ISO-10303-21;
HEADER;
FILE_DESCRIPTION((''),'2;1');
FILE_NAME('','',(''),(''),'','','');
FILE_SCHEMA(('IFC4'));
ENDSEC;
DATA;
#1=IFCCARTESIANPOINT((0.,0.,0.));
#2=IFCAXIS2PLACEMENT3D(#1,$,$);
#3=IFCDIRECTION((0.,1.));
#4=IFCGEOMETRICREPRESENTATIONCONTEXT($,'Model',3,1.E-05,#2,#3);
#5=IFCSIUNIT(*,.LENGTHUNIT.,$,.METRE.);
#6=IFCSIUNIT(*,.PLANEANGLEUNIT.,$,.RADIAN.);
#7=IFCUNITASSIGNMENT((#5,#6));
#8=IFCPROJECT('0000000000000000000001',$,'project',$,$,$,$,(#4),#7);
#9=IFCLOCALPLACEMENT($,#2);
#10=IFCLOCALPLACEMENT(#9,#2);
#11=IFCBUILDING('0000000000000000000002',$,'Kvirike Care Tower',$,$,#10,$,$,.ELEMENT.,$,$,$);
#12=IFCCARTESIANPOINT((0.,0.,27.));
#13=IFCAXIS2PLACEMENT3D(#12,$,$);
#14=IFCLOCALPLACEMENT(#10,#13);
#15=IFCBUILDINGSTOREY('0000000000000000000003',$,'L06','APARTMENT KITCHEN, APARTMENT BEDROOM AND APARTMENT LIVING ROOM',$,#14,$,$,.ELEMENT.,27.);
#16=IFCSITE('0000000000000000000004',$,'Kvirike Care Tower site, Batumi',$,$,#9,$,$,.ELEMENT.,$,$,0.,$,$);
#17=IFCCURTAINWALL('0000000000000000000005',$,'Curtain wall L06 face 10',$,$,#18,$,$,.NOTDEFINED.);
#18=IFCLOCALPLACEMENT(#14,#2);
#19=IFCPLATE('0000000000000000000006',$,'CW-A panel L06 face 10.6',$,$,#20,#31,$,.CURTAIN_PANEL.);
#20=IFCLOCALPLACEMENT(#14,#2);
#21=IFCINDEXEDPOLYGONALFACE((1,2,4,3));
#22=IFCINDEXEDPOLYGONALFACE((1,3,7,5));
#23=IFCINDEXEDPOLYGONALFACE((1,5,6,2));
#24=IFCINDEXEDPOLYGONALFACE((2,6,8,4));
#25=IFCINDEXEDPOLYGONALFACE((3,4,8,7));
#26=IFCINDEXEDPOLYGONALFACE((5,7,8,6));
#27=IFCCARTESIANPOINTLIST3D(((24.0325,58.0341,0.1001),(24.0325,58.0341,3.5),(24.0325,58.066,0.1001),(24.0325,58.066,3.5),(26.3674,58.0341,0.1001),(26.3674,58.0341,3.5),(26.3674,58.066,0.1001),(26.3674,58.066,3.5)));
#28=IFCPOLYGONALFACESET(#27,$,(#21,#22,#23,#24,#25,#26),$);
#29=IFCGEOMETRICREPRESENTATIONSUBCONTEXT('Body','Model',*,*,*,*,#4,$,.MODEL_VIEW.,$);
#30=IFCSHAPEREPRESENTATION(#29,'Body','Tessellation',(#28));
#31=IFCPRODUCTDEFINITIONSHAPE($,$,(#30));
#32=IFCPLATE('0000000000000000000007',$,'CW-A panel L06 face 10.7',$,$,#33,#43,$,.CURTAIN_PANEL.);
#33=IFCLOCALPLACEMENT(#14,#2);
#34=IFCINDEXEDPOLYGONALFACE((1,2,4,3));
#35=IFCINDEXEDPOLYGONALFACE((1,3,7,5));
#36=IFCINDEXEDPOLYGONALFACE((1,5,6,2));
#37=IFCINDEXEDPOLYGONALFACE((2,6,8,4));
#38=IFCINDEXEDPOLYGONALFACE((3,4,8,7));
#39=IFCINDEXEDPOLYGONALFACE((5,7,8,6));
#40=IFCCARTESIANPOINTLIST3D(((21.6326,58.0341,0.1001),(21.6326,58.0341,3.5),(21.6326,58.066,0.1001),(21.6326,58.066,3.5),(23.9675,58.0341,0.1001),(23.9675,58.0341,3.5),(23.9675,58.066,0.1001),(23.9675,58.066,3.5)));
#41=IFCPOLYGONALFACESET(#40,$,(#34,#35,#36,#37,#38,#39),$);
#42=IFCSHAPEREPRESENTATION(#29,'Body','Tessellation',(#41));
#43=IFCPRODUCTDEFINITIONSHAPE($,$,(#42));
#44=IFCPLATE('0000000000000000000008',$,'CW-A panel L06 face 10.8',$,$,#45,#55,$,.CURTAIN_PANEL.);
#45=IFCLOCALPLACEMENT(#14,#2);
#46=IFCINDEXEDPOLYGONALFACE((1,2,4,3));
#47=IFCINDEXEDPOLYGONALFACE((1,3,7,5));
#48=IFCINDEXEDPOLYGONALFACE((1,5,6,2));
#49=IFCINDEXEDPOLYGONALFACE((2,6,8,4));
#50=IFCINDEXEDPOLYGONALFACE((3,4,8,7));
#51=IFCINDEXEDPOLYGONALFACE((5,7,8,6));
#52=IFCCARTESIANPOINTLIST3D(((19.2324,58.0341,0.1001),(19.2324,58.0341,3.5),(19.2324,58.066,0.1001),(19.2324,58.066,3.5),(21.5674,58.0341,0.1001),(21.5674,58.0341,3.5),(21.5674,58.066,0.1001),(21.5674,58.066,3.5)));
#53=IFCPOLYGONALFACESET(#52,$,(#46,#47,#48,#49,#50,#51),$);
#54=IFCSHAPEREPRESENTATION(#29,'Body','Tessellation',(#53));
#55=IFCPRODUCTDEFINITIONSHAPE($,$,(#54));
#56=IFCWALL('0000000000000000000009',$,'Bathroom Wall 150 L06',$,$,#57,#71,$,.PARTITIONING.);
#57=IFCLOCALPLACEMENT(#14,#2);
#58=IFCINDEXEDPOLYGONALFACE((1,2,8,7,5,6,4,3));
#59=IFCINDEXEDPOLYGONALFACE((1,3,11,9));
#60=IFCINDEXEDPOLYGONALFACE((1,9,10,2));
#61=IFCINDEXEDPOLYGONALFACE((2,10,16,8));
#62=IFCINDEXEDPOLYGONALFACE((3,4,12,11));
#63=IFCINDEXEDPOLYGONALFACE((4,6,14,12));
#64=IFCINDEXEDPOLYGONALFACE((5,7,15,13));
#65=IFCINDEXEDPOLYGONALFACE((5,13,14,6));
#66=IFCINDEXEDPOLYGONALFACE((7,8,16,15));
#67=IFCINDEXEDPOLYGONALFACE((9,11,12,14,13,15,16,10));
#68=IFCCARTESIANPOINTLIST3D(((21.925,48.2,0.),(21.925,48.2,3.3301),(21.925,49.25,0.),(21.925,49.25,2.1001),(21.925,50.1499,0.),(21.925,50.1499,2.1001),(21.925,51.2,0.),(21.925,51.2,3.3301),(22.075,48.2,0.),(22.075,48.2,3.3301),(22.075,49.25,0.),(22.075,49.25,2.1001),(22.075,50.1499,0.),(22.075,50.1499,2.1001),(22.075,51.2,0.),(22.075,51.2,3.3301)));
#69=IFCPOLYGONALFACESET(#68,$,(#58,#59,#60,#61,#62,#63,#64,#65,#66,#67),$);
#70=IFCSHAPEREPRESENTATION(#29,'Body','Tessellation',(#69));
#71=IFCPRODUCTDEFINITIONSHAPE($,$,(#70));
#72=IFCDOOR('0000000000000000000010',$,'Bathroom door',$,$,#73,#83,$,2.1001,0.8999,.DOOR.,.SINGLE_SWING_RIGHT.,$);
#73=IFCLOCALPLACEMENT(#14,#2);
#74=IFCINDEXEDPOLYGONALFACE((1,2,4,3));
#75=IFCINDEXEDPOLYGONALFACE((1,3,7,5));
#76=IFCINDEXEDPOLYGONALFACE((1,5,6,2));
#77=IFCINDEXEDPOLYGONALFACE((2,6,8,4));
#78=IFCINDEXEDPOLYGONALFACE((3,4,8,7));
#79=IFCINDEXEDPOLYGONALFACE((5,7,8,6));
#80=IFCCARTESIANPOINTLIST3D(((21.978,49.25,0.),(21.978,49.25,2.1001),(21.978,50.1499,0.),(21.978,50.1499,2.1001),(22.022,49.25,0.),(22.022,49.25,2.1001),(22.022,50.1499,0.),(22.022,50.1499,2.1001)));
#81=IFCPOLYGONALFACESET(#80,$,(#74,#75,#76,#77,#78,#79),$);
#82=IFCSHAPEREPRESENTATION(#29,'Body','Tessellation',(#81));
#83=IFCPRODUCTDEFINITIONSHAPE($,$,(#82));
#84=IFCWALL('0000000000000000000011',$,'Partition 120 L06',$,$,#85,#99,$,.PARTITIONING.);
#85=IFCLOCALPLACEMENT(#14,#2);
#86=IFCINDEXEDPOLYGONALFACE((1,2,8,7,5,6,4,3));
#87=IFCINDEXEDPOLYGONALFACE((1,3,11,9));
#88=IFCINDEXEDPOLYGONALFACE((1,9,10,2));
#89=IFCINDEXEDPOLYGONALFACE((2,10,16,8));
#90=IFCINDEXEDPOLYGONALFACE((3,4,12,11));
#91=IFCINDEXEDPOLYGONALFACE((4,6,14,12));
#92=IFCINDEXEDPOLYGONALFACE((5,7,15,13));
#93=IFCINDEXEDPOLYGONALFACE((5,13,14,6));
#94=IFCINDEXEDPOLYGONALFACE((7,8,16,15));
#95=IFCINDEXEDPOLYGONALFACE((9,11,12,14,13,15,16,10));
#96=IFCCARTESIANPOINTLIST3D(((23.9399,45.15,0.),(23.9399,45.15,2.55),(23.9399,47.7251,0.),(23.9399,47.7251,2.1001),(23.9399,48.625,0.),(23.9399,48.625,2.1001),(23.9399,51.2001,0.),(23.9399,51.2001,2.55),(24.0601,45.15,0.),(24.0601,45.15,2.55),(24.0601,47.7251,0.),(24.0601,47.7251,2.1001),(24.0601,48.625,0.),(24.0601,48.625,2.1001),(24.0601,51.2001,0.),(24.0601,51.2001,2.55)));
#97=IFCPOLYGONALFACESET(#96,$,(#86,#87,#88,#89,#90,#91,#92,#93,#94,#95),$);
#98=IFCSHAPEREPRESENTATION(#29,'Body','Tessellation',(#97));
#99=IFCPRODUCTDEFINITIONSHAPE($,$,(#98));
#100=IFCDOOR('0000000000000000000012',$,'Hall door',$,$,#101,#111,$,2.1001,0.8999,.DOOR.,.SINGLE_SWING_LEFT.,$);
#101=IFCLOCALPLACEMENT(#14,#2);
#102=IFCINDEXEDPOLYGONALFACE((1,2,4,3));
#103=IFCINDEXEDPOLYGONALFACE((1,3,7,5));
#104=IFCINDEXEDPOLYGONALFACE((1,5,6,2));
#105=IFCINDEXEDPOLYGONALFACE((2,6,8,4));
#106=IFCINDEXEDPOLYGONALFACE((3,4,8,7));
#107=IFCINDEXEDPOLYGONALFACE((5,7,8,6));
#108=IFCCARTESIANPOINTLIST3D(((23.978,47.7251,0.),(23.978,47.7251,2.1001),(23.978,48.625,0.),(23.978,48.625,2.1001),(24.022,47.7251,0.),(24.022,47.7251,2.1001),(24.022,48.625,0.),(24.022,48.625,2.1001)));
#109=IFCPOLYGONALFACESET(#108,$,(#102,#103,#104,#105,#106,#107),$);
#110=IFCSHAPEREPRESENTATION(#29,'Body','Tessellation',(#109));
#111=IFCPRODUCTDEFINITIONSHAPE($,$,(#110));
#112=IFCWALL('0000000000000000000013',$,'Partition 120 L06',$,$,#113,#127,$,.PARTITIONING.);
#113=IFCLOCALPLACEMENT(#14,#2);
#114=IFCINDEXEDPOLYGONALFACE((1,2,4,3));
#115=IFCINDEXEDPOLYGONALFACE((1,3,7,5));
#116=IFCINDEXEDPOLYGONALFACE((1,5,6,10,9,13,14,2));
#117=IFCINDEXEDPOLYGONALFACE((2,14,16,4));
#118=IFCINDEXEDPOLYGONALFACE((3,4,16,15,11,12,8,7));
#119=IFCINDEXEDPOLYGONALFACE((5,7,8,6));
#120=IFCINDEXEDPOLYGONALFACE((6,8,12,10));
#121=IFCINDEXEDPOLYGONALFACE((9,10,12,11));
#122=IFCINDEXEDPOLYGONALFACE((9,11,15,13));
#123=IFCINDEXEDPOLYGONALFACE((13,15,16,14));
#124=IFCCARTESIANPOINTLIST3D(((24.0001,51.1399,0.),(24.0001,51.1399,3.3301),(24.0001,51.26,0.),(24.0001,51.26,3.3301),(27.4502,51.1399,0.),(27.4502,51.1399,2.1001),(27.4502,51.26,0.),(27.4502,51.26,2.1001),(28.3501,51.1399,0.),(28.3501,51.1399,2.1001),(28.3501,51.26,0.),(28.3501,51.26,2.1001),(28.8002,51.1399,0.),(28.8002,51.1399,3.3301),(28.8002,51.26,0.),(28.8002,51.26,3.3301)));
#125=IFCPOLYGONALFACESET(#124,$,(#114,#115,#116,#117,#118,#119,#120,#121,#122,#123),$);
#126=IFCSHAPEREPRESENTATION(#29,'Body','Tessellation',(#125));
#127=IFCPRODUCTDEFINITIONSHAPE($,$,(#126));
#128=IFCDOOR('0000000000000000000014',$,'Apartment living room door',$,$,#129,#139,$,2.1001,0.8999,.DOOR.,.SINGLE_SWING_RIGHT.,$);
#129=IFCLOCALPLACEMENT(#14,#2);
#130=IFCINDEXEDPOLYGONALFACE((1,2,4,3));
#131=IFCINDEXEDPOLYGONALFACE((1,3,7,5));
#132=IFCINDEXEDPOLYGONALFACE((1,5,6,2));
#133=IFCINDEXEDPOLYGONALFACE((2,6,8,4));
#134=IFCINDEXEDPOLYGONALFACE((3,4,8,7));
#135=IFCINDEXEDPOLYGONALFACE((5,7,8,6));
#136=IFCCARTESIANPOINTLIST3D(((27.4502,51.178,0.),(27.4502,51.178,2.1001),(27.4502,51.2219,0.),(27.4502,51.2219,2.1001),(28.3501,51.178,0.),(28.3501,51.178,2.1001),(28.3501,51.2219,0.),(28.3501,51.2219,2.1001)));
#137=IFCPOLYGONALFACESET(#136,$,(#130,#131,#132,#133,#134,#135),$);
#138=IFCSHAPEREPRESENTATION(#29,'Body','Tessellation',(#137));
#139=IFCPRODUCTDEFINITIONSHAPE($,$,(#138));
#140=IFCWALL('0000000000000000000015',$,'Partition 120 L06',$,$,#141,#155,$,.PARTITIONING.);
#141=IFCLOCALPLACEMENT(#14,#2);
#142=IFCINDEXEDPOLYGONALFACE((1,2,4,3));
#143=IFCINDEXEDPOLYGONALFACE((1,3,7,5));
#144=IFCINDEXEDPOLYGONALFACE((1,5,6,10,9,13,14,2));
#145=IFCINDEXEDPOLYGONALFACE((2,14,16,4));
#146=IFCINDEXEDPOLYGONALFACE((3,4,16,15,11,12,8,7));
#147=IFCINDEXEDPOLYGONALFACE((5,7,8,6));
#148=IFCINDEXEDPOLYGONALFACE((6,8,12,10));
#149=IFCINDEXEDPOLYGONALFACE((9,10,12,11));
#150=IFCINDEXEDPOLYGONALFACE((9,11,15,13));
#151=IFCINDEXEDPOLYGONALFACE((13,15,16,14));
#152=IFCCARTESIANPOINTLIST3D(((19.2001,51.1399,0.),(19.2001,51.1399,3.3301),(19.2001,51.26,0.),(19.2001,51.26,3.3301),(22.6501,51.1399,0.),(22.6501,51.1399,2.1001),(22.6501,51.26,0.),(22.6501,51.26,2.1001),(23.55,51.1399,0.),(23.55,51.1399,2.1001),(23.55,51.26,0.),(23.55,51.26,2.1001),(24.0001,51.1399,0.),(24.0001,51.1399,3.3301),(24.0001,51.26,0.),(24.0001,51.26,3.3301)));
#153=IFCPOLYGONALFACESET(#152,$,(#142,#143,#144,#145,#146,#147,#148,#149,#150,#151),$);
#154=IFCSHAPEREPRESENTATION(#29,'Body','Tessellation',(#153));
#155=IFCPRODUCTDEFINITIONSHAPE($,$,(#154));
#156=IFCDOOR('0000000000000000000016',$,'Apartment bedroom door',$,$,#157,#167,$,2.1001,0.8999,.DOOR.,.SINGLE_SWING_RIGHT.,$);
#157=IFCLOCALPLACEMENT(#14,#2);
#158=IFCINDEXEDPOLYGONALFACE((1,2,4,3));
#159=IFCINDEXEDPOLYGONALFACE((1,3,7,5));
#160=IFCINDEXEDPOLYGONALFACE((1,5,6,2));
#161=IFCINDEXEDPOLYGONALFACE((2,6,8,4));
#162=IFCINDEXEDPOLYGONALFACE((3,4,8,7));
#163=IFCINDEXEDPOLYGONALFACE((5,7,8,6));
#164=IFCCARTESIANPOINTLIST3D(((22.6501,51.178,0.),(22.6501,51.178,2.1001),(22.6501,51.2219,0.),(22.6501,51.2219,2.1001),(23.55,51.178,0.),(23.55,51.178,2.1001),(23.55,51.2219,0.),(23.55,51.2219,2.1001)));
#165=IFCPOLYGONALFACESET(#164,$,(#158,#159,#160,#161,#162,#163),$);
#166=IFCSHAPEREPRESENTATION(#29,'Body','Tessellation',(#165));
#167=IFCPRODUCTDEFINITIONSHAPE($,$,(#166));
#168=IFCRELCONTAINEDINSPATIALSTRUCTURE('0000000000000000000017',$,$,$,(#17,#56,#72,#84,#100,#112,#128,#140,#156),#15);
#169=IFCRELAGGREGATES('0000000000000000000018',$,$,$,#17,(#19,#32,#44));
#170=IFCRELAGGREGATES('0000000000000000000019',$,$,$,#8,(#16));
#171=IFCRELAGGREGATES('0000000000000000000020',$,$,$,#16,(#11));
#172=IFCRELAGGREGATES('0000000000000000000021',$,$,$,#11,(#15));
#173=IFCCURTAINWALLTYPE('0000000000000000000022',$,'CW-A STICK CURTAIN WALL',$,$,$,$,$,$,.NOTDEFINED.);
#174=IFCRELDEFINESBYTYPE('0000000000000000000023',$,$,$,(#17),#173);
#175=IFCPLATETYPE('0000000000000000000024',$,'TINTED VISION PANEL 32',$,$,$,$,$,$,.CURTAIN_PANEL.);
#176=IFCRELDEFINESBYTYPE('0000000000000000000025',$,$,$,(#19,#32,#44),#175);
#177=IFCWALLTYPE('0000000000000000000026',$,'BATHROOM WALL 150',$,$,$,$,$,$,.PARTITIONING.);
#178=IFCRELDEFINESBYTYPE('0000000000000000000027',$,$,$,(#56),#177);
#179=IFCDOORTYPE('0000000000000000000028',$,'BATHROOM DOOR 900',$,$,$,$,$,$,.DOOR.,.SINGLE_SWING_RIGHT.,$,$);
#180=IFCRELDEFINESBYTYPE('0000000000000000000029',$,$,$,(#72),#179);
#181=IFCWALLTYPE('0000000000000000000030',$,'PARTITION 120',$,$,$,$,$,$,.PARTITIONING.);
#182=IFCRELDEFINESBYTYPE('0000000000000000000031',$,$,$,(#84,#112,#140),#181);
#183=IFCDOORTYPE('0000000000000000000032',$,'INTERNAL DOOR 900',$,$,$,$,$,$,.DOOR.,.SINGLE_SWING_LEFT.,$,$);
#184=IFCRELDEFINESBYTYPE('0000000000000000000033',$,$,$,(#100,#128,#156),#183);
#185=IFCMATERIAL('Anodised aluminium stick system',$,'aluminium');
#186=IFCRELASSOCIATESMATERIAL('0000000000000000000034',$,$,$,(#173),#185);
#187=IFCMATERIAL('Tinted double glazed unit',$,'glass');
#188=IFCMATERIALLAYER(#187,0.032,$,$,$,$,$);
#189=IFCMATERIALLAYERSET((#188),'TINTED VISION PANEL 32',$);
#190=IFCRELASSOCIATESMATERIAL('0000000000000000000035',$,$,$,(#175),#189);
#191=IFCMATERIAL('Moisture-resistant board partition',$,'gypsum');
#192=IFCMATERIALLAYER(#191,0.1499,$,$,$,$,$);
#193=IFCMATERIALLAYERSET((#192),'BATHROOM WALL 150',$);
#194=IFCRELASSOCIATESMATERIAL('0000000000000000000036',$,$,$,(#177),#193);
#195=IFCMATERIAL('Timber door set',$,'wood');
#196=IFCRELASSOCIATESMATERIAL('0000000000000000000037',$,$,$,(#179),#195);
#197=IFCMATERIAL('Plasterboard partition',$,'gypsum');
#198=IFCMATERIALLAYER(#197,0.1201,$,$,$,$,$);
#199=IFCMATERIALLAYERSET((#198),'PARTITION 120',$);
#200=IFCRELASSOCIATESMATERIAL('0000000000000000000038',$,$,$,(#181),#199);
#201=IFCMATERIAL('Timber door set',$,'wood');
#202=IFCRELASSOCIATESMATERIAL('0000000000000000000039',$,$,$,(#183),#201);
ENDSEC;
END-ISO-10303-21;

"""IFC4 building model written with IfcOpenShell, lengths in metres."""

from ifc_helpers import new_model, si_unit, direction, frame, frame_2d, origin, origin_2d, place, context, subcontext, project, spatial, rectangle, extrude, material, layer, layer_set, type_object, element, fill, aggregate, save


model = new_model("IFC4")

# Units and contexts
model_context = context("Model", 3, precision=1e-05, world=origin(), true_north=direction((0.0, 1.0)))
body_context = subcontext(model_context, "Body", "Model", "MODEL_VIEW")
ifc_project = project(units=[si_unit("LENGTHUNIT", "METRE"), si_unit("PLANEANGLEUNIT", "RADIAN")], contexts=[model_context])

# Site, building, storey
site_placement = place(None, origin())
site = spatial("IfcSite", under=ifc_project, at=site_placement, Name="Kvirike Care Tower site, Batumi", CompositionType="ELEMENT", RefElevation=0.0)
building_placement = place(site_placement, origin())
building = spatial("IfcBuilding", under=site, at=building_placement, Name="Kvirike Care Tower", CompositionType="ELEMENT")
storey_placement = place(building_placement, frame((0.0, 0.0, 27.0)))
storey = spatial("IfcBuildingStorey", under=building, at=storey_placement, Name="L06", Description="APARTMENT KITCHEN, APARTMENT BEDROOM AND APARTMENT LIVING ROOM", CompositionType="ELEMENT", Elevation=27.0)

# Curtain wall
ifc_material_1 = material(Name="Anodised aluminium stick system", Category="aluminium")
curtain_wall_type = type_object("IfcCurtainWallType", Name="CW-A STICK CURTAIN WALL", PredefinedType="NOTDEFINED", material=ifc_material_1)
curtain_wall_placement = place(storey_placement, origin())
curtain_wall = element("IfcCurtainWall", 1, at=curtain_wall_placement, inside=storey, type_object=curtain_wall_type, Name="Curtain wall L06 face 10", PredefinedType="NOTDEFINED")

# Plates
ifc_material_2 = material(Name="Tinted double glazed unit", Category="glass")
ifc_layer_1 = layer(ifc_material_2, 0.032)
ifc_layer_set_1 = layer_set([ifc_layer_1], Name="TINTED VISION PANEL 32")
plate_type = type_object("IfcPlateType", Name="TINTED VISION PANEL 32", PredefinedType="CURTAIN_PANEL", material=ifc_layer_set_1)
plate_1_placement = place(storey_placement, frame((25.2, 58.05, 0.1001), z_axis=(0.0, 0.0, 1.0), x_axis=(-1.0, 0.0, 0.0)))
plate_1 = element("IfcPlate", 2, at=plate_1_placement, type_object=plate_type, Name="CW-A panel L06 face 10.6", PredefinedType="CURTAIN_PANEL", context=body_context, shape_type="SweptSolid", body=[
    extrude(rectangle(XDim=2.335, YDim=0.032, at=origin_2d()), origin(), (0.0, 0.0, 1.0), 3.3999),
])
plate_2_placement = place(storey_placement, frame((22.8, 58.05, 0.1001), z_axis=(0.0, 0.0, 1.0), x_axis=(-1.0, 0.0, 0.0)))
plate_2 = element("IfcPlate", 3, at=plate_2_placement, type_object=plate_type, Name="CW-A panel L06 face 10.7", PredefinedType="CURTAIN_PANEL", context=body_context, shape_type="SweptSolid", body=[
    extrude(rectangle(XDim=2.335, YDim=0.032, at=origin_2d()), origin(), (0.0, 0.0, 1.0), 3.3999),
])
plate_3_placement = place(storey_placement, frame((20.3999, 58.05, 0.1001), z_axis=(0.0, 0.0, 1.0), x_axis=(-1.0, 0.0, 0.0)))
plate_3 = element("IfcPlate", 4, at=plate_3_placement, type_object=plate_type, Name="CW-A panel L06 face 10.8", PredefinedType="CURTAIN_PANEL", context=body_context, shape_type="SweptSolid", body=[
    extrude(rectangle(XDim=2.335, YDim=0.032, at=origin_2d()), origin(), (0.0, 0.0, 1.0), 3.3999),
])
aggregate(curtain_wall, [plate_1, plate_2, plate_3])

# Walls, openings, doors
ifc_material_3 = material(Name="Moisture-resistant board partition", Category="gypsum")
ifc_layer_2 = layer(ifc_material_3, 0.1499)
ifc_layer_set_2 = layer_set([ifc_layer_2], Name="BATHROOM WALL 150")
wall_type_1 = type_object("IfcWallType", Name="BATHROOM WALL 150", PredefinedType="PARTITIONING", material=ifc_layer_set_2)
wall_1_placement = place(storey_placement, frame((22.0, 51.2, 0.0), z_axis=(0.0, 0.0, 1.0), x_axis=(0.0, -1.0, 0.0)))
wall_1 = element("IfcWall", 5, at=wall_1_placement, inside=storey, type_object=wall_type_1, Name="Bathroom Wall 150 L06", PredefinedType="PARTITIONING", context=body_context, shape_type="SweptSolid", body=[
    extrude(rectangle(XDim=3.0, YDim=0.1499, at=frame_2d((1.5, 0.0))), origin(), (0.0, 0.0, 1.0), 3.3301),
])
opening_1_placement = place(wall_1_placement, frame((1.05, 0.0, 0.0)))
opening_1 = element("IfcOpeningElement", 6, at=opening_1_placement, cuts=wall_1, PredefinedType="OPENING", context=body_context, shape_type="SweptSolid", body=[
    extrude(rectangle(XDim=0.8999, YDim=2.1001, at=frame_2d((0.45, 1.05))), frame((0.0, 0.0854, 0.0), z_axis=(0.0, -1.0, 0.0), x_axis=(1.0, 0.0, 0.0)), (0.0, 0.0, 1.0), 0.1709),
])
ifc_material_4 = material(Name="Timber door set", Category="wood")
door_type_1 = type_object("IfcDoorType", Name="BATHROOM DOOR 900", OperationType="SINGLE_SWING_RIGHT", PredefinedType="DOOR", material=ifc_material_4)
door_1_placement = place(opening_1_placement, frame((0.8999, 0.0, 0.0), z_axis=(0.0, 0.0, 1.0), x_axis=(-1.0, 0.0, 0.0)))
door_1 = element("IfcDoor", 7, at=door_1_placement, inside=storey, type_object=door_type_1, Name="Bathroom door", OperationType="SINGLE_SWING_RIGHT", OverallHeight=2.1001, OverallWidth=0.8999, PredefinedType="DOOR", context=body_context, shape_type="SweptSolid", body=[
    extrude(rectangle(XDim=0.8999, YDim=2.1001, at=frame_2d((0.45, 1.05))), frame((0.0, 0.022, 0.0), z_axis=(0.0, -1.0, 0.0), x_axis=(1.0, 0.0, 0.0)), (0.0, 0.0, 1.0), 0.0439),
])
fill(opening_1, door_1)
ifc_material_5 = material(Name="Plasterboard partition", Category="gypsum")
ifc_layer_3 = layer(ifc_material_5, 0.1201)
ifc_layer_set_3 = layer_set([ifc_layer_3], Name="PARTITION 120")
wall_type_2 = type_object("IfcWallType", Name="PARTITION 120", PredefinedType="PARTITIONING", material=ifc_layer_set_3)
wall_2_placement = place(storey_placement, frame((24.0, 51.2, 0.0), z_axis=(0.0, 0.0, 1.0), x_axis=(0.0, -1.0, 0.0)))
wall_2 = element("IfcWall", 8, at=wall_2_placement, inside=storey, type_object=wall_type_2, Name="Partition 120 L06", PredefinedType="PARTITIONING", context=body_context, shape_type="SweptSolid", body=[
    extrude(rectangle(XDim=6.05, YDim=0.1201, at=frame_2d((3.0249, 0.0))), origin(), (0.0, 0.0, 1.0), 2.55),
])
opening_2_placement = place(wall_2_placement, frame((2.575, 0.0, 0.0)))
opening_2 = element("IfcOpeningElement", 9, at=opening_2_placement, cuts=wall_2, PredefinedType="OPENING", context=body_context, shape_type="SweptSolid", body=[
    extrude(rectangle(XDim=0.8999, YDim=2.1001, at=frame_2d((0.45, 1.05))), frame((0.0, 0.0706, 0.0), z_axis=(0.0, -1.0, 0.0), x_axis=(1.0, 0.0, 0.0)), (0.0, 0.0, 1.0), 0.1411),
])
ifc_material_6 = material(Name="Timber door set", Category="wood")
door_type_2 = type_object("IfcDoorType", Name="INTERNAL DOOR 900", OperationType="SINGLE_SWING_LEFT", PredefinedType="DOOR", material=ifc_material_6)
door_2_placement = place(opening_2_placement, frame((0.8999, 0.0, 0.0), z_axis=(0.0, 0.0, 1.0), x_axis=(-1.0, 0.0, 0.0)))
door_2 = element("IfcDoor", 10, at=door_2_placement, inside=storey, type_object=door_type_2, Name="Hall door", OperationType="SINGLE_SWING_LEFT", OverallHeight=2.1001, OverallWidth=0.8999, PredefinedType="DOOR", context=body_context, shape_type="SweptSolid", body=[
    extrude(rectangle(XDim=0.8999, YDim=2.1001, at=frame_2d((0.45, 1.05))), frame((0.0, 0.022, 0.0), z_axis=(0.0, -1.0, 0.0), x_axis=(1.0, 0.0, 0.0)), (0.0, 0.0, 1.0), 0.0439),
])
fill(opening_2, door_2)
wall_3_placement = place(storey_placement, frame((28.8, 51.2, 0.0), z_axis=(0.0, 0.0, 1.0), x_axis=(-1.0, 0.0, 0.0)))
wall_3 = element("IfcWall", 11, at=wall_3_placement, inside=storey, type_object=wall_type_2, Name="Partition 120 L06", PredefinedType="PARTITIONING", context=body_context, shape_type="SweptSolid", body=[
    extrude(rectangle(XDim=4.8, YDim=0.1201, at=frame_2d((2.3999, 0.0))), origin(), (0.0, 0.0, 1.0), 3.3301),
])
opening_3_placement = place(wall_3_placement, frame((0.45, 0.0, 0.0)))
opening_3 = element("IfcOpeningElement", 12, at=opening_3_placement, cuts=wall_3, PredefinedType="OPENING", context=body_context, shape_type="SweptSolid", body=[
    extrude(rectangle(XDim=0.8999, YDim=2.1001, at=frame_2d((0.45, 1.05))), frame((0.0, 0.0706, 0.0), z_axis=(0.0, -1.0, 0.0), x_axis=(1.0, 0.0, 0.0)), (0.0, 0.0, 1.0), 0.1411),
])
door_3_placement = place(opening_3_placement, origin())
door_3 = element("IfcDoor", 13, at=door_3_placement, inside=storey, type_object=door_type_2, Name="Apartment living room door", OperationType="SINGLE_SWING_RIGHT", OverallHeight=2.1001, OverallWidth=0.8999, PredefinedType="DOOR", context=body_context, shape_type="SweptSolid", body=[
    extrude(rectangle(XDim=0.8999, YDim=2.1001, at=frame_2d((0.45, 1.05))), frame((0.0, 0.022, 0.0), z_axis=(0.0, -1.0, 0.0), x_axis=(1.0, 0.0, 0.0)), (0.0, 0.0, 1.0), 0.0439),
])
fill(opening_3, door_3)
wall_4_placement = place(storey_placement, frame((24.0, 51.2, 0.0), z_axis=(0.0, 0.0, 1.0), x_axis=(-1.0, 0.0, 0.0)))
wall_4 = element("IfcWall", 14, at=wall_4_placement, inside=storey, type_object=wall_type_2, Name="Partition 120 L06", PredefinedType="PARTITIONING", context=body_context, shape_type="SweptSolid", body=[
    extrude(rectangle(XDim=4.8, YDim=0.1201, at=frame_2d((2.3999, 0.0))), origin(), (0.0, 0.0, 1.0), 3.3301),
])
opening_4_placement = place(wall_4_placement, frame((0.45, 0.0, 0.0)))
opening_4 = element("IfcOpeningElement", 15, at=opening_4_placement, cuts=wall_4, PredefinedType="OPENING", context=body_context, shape_type="SweptSolid", body=[
    extrude(rectangle(XDim=0.8999, YDim=2.1001, at=frame_2d((0.45, 1.05))), frame((0.0, 0.0706, 0.0), z_axis=(0.0, -1.0, 0.0), x_axis=(1.0, 0.0, 0.0)), (0.0, 0.0, 1.0), 0.1411),
])
door_4_placement = place(opening_4_placement, origin())
door_4 = element("IfcDoor", 16, at=door_4_placement, inside=storey, type_object=door_type_2, Name="Apartment bedroom door", OperationType="SINGLE_SWING_RIGHT", OverallHeight=2.1001, OverallWidth=0.8999, PredefinedType="DOOR", context=body_context, shape_type="SweptSolid", body=[
    extrude(rectangle(XDim=0.8999, YDim=2.1001, at=frame_2d((0.45, 1.05))), frame((0.0, 0.022, 0.0), z_axis=(0.0, -1.0, 0.0), x_axis=(1.0, 0.0, 0.0)), (0.0, 0.0, 1.0), 0.0439),
])
fill(opening_4, door_4)

save(model, "model.ifc")
